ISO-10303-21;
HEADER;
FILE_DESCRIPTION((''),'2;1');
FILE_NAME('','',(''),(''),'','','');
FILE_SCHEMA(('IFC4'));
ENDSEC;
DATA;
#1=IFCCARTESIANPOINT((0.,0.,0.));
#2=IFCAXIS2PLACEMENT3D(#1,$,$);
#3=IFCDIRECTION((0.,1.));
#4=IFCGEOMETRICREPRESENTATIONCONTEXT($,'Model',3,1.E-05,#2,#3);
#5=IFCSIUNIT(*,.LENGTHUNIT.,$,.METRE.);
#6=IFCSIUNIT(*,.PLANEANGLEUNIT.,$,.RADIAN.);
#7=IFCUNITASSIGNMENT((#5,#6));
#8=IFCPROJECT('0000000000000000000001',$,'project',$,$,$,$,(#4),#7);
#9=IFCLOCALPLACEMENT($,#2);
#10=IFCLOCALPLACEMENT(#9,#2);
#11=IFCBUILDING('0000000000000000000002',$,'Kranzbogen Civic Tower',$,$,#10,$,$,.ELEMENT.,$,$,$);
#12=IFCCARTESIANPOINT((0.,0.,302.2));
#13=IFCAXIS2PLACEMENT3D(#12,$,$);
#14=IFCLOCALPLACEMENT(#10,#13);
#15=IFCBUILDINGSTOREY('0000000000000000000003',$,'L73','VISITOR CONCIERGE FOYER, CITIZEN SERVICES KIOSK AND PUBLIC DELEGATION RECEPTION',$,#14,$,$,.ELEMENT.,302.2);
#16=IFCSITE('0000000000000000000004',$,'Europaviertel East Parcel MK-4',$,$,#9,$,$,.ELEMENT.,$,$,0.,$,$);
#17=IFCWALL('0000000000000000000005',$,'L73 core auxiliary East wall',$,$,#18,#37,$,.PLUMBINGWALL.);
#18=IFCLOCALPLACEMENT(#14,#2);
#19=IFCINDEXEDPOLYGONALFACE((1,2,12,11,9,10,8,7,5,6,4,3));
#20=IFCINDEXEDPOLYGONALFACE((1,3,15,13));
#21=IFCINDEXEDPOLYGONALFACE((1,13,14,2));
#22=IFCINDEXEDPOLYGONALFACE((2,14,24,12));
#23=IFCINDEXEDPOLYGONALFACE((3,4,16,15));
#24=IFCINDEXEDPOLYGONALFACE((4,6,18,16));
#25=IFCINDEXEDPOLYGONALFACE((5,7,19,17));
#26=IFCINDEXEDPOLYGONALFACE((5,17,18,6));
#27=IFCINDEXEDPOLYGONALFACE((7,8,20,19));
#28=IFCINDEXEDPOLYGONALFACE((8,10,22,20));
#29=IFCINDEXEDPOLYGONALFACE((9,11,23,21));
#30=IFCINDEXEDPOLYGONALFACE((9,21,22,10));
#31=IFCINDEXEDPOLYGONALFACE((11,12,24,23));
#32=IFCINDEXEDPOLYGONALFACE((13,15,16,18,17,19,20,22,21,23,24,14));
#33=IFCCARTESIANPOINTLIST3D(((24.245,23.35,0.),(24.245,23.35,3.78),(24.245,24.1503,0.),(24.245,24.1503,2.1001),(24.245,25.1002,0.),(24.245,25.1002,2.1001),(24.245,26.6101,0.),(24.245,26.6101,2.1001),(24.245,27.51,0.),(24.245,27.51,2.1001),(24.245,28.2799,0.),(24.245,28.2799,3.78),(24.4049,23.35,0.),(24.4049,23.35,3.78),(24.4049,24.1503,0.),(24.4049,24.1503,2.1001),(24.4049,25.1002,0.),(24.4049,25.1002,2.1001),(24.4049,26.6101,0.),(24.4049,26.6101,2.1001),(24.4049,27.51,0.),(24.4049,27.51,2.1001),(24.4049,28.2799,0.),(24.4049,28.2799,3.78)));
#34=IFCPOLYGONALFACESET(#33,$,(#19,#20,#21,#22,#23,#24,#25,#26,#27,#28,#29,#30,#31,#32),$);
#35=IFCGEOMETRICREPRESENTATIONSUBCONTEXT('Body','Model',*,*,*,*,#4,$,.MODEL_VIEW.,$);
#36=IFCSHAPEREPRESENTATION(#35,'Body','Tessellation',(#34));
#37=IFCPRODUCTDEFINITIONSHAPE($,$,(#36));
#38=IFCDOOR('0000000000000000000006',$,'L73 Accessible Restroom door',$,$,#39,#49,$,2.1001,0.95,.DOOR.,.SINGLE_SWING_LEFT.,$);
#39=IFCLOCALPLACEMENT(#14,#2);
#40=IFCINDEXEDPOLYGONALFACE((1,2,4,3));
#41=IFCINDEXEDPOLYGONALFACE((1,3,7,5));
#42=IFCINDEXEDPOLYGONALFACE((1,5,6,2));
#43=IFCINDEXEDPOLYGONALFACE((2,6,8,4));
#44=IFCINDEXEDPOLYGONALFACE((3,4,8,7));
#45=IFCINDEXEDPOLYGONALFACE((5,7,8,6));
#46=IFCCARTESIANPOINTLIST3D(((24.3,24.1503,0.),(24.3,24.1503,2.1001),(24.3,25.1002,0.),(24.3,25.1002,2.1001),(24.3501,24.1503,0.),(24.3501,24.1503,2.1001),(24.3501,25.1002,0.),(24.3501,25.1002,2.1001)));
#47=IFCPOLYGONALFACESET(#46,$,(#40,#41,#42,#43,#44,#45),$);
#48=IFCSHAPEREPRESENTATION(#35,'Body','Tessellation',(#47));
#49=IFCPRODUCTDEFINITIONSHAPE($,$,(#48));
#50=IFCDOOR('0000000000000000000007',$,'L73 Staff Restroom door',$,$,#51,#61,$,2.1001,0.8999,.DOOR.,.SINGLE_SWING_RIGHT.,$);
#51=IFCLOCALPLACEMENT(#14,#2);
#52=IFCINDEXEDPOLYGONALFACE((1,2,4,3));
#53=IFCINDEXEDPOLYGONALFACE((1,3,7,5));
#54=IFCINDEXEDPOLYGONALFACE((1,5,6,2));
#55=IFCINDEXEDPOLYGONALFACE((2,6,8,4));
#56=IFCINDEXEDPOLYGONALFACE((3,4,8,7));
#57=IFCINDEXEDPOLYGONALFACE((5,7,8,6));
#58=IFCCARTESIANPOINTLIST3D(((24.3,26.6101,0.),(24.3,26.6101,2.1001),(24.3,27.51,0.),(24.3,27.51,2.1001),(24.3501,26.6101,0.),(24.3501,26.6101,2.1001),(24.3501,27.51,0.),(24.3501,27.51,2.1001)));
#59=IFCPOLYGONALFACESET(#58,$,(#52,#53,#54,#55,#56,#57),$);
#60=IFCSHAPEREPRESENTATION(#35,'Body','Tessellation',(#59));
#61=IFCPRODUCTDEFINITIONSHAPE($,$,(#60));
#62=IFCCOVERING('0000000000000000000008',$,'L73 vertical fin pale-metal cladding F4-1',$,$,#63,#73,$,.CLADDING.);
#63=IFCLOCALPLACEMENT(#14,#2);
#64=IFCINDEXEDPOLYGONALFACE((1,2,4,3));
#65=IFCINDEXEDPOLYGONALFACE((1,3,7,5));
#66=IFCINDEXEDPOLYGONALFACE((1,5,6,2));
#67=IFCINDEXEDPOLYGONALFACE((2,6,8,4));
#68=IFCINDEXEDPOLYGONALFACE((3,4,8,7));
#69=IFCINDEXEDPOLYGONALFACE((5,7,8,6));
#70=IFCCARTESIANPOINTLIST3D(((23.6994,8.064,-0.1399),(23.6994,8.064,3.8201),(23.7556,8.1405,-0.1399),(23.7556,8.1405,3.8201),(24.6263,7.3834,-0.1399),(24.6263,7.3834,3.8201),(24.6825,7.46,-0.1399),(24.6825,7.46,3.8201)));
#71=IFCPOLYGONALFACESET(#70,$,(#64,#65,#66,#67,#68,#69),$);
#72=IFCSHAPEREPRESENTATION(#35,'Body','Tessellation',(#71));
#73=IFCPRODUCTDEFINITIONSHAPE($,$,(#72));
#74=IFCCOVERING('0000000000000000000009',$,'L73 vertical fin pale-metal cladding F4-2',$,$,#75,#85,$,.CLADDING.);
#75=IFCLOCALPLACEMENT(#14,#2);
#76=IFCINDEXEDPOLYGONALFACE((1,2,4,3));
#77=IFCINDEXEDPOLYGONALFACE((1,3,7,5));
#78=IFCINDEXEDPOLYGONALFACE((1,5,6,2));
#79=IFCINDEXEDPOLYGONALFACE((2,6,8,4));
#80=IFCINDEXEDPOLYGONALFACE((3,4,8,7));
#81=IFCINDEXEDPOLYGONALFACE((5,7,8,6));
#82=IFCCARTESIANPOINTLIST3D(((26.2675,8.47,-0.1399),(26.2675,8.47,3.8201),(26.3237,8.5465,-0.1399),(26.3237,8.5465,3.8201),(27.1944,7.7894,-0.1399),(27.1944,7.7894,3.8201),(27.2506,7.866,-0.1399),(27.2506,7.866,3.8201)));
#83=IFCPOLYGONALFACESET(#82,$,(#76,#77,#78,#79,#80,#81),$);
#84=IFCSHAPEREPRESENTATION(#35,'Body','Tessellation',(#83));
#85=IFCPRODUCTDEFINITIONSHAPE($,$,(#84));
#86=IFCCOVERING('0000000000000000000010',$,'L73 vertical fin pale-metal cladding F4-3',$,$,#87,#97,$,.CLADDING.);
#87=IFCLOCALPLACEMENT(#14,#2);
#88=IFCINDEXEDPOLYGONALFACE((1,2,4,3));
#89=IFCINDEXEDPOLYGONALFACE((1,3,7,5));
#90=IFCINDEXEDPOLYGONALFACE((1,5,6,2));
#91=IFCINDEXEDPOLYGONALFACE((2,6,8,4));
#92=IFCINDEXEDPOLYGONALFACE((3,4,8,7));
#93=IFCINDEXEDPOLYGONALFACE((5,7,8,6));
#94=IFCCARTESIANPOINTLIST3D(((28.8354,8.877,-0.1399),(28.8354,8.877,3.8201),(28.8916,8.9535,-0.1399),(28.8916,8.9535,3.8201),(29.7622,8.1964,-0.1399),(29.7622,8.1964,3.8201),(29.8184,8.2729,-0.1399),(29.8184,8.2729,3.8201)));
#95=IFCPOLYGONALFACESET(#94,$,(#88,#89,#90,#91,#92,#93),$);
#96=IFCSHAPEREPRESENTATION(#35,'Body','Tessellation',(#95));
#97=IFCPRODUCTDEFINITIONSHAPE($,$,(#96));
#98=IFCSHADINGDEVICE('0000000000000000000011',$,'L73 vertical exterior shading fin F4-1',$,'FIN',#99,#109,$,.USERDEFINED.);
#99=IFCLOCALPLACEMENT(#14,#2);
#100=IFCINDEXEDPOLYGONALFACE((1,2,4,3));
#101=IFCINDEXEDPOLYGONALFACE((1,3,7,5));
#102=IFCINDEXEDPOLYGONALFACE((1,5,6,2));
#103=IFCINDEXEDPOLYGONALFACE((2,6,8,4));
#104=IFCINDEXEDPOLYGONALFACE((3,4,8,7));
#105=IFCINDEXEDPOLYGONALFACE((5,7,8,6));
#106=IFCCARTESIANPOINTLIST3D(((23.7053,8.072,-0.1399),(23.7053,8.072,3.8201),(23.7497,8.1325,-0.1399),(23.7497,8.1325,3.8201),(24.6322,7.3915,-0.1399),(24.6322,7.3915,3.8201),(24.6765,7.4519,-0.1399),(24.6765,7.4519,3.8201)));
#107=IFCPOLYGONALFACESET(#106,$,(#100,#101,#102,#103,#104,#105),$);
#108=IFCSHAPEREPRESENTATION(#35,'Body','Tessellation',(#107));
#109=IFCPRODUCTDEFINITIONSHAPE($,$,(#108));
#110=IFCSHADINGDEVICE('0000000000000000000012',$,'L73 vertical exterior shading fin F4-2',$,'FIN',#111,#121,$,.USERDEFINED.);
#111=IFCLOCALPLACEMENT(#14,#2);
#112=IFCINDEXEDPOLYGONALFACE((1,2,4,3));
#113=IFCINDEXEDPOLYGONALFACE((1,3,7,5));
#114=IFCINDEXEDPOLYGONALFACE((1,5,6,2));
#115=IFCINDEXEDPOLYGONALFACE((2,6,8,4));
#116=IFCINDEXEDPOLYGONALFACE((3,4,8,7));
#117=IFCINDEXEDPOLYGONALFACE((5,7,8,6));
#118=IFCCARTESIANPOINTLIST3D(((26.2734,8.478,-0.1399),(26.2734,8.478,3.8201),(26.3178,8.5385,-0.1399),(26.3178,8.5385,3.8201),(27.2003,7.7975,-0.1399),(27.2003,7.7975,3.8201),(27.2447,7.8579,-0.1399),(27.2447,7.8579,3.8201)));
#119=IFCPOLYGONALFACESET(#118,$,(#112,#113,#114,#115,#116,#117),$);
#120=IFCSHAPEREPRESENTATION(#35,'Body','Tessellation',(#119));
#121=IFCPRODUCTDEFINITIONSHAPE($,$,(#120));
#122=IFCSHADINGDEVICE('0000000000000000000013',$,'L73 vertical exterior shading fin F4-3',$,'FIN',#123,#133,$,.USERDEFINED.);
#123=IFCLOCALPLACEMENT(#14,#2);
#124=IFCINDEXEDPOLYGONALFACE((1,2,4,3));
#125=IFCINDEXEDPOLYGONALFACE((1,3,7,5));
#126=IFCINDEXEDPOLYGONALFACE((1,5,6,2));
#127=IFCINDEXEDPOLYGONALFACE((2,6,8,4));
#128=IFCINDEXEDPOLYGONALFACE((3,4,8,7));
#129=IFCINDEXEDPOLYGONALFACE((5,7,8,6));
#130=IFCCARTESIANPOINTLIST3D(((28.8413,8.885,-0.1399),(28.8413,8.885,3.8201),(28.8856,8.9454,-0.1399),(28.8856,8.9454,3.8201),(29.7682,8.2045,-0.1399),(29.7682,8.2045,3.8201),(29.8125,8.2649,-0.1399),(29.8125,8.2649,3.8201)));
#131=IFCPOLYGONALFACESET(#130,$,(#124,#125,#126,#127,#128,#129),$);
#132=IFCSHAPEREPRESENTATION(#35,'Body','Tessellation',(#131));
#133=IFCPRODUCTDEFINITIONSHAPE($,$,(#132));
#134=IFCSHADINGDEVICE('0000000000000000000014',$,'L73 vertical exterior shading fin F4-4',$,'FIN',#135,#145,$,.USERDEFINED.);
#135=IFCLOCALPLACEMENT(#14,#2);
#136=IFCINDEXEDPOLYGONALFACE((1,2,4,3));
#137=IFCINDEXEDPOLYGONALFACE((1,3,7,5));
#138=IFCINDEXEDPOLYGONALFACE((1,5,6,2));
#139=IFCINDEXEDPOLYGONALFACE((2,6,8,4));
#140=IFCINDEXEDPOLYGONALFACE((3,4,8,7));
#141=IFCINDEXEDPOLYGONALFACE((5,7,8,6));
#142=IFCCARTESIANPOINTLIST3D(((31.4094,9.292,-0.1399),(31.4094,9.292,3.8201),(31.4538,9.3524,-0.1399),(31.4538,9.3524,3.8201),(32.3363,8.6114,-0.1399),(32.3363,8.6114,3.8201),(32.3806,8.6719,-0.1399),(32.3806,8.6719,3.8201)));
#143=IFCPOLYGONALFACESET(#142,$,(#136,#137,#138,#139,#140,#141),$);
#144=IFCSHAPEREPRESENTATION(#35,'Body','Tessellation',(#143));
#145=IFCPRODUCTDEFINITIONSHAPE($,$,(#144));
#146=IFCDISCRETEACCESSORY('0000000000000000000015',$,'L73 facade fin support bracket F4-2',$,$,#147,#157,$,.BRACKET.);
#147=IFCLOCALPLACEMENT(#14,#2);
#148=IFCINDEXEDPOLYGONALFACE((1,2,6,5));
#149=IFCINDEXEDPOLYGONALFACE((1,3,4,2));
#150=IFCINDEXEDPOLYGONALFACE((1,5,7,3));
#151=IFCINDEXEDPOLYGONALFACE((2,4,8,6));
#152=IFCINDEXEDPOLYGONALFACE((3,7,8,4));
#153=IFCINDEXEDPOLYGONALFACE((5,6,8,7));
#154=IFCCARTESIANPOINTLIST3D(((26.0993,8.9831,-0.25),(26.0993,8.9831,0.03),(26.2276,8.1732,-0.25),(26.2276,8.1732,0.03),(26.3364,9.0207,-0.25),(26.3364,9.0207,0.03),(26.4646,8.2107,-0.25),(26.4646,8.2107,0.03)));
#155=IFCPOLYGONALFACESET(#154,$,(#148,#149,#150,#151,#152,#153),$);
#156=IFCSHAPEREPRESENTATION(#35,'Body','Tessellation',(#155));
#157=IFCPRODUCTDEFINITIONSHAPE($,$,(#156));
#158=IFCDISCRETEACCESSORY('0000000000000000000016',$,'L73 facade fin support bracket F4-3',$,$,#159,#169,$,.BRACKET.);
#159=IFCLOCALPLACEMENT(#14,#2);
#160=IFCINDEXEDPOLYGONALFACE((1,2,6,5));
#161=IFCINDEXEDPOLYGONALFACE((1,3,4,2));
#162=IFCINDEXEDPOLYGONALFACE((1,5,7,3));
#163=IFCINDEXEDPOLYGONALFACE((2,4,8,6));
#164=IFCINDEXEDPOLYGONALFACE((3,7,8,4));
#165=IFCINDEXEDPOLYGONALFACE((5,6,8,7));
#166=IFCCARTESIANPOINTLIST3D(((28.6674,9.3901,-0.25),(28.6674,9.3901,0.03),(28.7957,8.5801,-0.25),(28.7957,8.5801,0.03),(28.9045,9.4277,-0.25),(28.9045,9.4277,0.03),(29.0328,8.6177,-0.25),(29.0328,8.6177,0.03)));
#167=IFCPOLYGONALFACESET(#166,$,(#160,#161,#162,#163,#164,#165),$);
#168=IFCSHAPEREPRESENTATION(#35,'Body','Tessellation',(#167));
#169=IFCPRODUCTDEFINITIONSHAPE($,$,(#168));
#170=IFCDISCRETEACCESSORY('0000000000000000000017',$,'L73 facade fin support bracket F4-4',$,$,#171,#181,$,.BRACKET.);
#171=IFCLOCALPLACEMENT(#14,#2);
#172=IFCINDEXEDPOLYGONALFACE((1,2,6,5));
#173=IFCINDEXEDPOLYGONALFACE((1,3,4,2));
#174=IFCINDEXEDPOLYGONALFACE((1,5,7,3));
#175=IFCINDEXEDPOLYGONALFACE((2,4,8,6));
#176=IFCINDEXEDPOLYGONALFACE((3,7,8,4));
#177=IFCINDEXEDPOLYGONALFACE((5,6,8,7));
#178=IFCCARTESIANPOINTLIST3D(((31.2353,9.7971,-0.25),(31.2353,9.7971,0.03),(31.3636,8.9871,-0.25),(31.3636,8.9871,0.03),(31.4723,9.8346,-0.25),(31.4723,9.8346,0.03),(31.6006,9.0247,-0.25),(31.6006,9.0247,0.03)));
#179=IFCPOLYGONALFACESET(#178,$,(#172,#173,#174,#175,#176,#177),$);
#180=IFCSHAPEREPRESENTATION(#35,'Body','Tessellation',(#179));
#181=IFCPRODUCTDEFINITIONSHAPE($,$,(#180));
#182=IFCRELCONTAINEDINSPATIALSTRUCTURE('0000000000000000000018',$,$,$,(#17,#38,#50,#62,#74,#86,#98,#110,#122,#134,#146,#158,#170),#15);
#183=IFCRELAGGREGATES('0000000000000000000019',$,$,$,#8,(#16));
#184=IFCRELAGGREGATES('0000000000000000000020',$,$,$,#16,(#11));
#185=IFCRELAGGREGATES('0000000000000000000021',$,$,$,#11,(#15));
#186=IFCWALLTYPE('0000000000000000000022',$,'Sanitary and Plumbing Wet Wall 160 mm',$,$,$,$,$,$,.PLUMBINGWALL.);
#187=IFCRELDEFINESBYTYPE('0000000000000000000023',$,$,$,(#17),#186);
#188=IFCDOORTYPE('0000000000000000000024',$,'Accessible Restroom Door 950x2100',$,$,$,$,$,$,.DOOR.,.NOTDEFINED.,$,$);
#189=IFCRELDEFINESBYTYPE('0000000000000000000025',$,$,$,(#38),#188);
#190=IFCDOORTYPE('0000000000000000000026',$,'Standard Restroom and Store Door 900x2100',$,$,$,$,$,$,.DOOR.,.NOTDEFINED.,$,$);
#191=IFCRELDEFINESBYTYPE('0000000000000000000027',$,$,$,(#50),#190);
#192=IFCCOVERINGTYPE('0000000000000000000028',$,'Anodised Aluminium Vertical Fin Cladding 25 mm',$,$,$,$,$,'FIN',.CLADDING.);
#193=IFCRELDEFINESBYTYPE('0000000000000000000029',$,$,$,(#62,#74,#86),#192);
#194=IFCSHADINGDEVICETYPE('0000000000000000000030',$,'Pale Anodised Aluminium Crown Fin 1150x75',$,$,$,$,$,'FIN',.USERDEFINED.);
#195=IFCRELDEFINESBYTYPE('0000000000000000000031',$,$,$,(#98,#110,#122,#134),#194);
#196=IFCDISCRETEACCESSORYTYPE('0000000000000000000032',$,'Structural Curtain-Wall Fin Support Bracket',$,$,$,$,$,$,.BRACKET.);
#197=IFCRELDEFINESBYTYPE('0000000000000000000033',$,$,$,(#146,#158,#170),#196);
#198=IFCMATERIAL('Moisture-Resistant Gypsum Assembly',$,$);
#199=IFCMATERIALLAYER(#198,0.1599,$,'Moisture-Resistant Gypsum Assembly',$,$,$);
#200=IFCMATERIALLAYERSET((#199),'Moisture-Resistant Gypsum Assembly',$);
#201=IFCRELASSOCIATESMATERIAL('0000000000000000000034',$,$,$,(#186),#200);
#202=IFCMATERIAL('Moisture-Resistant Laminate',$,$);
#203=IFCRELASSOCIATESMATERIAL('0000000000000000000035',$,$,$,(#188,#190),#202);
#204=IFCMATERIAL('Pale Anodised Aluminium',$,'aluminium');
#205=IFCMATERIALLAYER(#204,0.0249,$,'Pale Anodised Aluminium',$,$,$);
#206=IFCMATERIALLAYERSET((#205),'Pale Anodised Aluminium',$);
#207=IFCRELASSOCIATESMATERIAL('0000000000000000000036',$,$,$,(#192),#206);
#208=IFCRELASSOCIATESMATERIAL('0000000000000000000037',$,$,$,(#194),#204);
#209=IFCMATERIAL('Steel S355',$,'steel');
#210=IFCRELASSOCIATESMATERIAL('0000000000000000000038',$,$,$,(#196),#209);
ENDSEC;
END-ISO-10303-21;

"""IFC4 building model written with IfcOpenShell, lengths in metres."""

from ifc_helpers import new_model, si_unit, direction, frame, frame_2d, origin, origin_2d, place, context, subcontext, project, spatial, rectangle, extrude, material, layer, layer_set, type_object, element, fill, save


model = new_model("IFC4")

# Units and contexts
model_context = context("Model", 3, precision=1e-05, world=origin(), true_north=direction((0.0, 1.0)))
body_context = subcontext(model_context, "Body", "Model", "MODEL_VIEW")
ifc_project = project(units=[si_unit("LENGTHUNIT", "METRE"), si_unit("PLANEANGLEUNIT", "RADIAN")], contexts=[model_context])

# Site, building, storey
site_placement = place(None, origin())
site = spatial("IfcSite", under=ifc_project, at=site_placement, Name="Europaviertel East Parcel MK-4", CompositionType="ELEMENT", RefElevation=0.0)
building_placement = place(site_placement, origin())
building = spatial("IfcBuilding", under=site, at=building_placement, Name="Kranzbogen Civic Tower", CompositionType="ELEMENT")
storey_placement = place(building_placement, frame((0.0, 0.0, 302.2)))
storey = spatial("IfcBuildingStorey", under=building, at=storey_placement, Name="L73", Description="VISITOR CONCIERGE FOYER, CITIZEN SERVICES KIOSK AND PUBLIC DELEGATION RECEPTION", CompositionType="ELEMENT", Elevation=302.2)

# Shared definitions
ifc_material_1 = material(Name="Steel S355", Category="steel")

# Shared definitions
ifc_material_2 = material(Name="Pale Anodised Aluminium", Category="aluminium")

# Wall, openings, doors
ifc_material_3 = material(Name="Moisture-Resistant Gypsum Assembly")
ifc_layer_1 = layer(ifc_material_3, 0.1599, Name="Moisture-Resistant Gypsum Assembly")
ifc_layer_set_1 = layer_set([ifc_layer_1], Name="Moisture-Resistant Gypsum Assembly")
wall_type_1 = type_object("IfcWallType", Name="Sanitary and Plumbing Wet Wall 160 mm", PredefinedType="PLUMBINGWALL", material=ifc_layer_set_1)
wall_1_placement = place(storey_placement, frame((24.325, 23.3501, 0.0), z_axis=(0.0, 0.0, 1.0), x_axis=(0.0, 1.0, 0.0)))
wall_1 = element("IfcWall", 1, at=wall_1_placement, inside=storey, type_object=wall_type_1, Name="L73 core auxiliary East wall", PredefinedType="PLUMBINGWALL", context=body_context, shape_type="SweptSolid", body=[
    extrude(rectangle(XDim=4.9299, YDim=0.1599, at=frame_2d((2.4648, 0.0))), origin(), (0.0, 0.0, 1.0), 3.78),
])
opening_1_placement = place(wall_1_placement, frame((0.8, 0.0, 0.0)))
opening_1 = element("IfcOpeningElement", 2, at=opening_1_placement, cuts=wall_1, PredefinedType="OPENING", context=body_context, shape_type="SweptSolid", body=[
    extrude(rectangle(XDim=0.95, YDim=2.1001, at=frame_2d((0.4751, 1.05))), frame((0.0, 0.0898, 0.0), z_axis=(0.0, -1.0, 0.0), x_axis=(1.0, 0.0, 0.0)), (0.0, 0.0, 1.0), 0.1799),
])
opening_2_placement = place(wall_1_placement, frame((3.26, 0.0, 0.0)))
opening_2 = element("IfcOpeningElement", 3, at=opening_2_placement, cuts=wall_1, PredefinedType="OPENING", context=body_context, shape_type="SweptSolid", body=[
    extrude(rectangle(XDim=0.8999, YDim=2.1001, at=frame_2d((0.45, 1.05))), frame((0.0, 0.0898, 0.0), z_axis=(0.0, -1.0, 0.0), x_axis=(1.0, 0.0, 0.0)), (0.0, 0.0, 1.0), 0.1799),
])
ifc_material_4 = material(Name="Moisture-Resistant Laminate")
door_type_1 = type_object("IfcDoorType", Name="Accessible Restroom Door 950x2100", OperationType="NOTDEFINED", PredefinedType="DOOR", material=ifc_material_4)
door_1_placement = place(opening_1_placement, origin())
door_1 = element("IfcDoor", 4, at=door_1_placement, inside=storey, type_object=door_type_1, Name="L73 Accessible Restroom door", OperationType="SINGLE_SWING_LEFT", OverallHeight=2.1001, OverallWidth=0.95, PredefinedType="DOOR", context=body_context, shape_type="SweptSolid", body=[
    extrude(rectangle(XDim=0.95, YDim=2.1001, at=frame_2d((0.4751, 1.05))), frame((0.0, 0.0249, 0.0), z_axis=(0.0, -1.0, 0.0), x_axis=(1.0, 0.0, 0.0)), (0.0, 0.0, 1.0), 0.05),
])
fill(opening_1, door_1)
door_type_2 = type_object("IfcDoorType", Name="Standard Restroom and Store Door 900x2100", OperationType="NOTDEFINED", PredefinedType="DOOR", material=ifc_material_4)
door_2_placement = place(opening_2_placement, origin())
door_2 = element("IfcDoor", 5, at=door_2_placement, inside=storey, type_object=door_type_2, Name="L73 Staff Restroom door", OperationType="SINGLE_SWING_RIGHT", OverallHeight=2.1001, OverallWidth=0.8999, PredefinedType="DOOR", context=body_context, shape_type="SweptSolid", body=[
    extrude(rectangle(XDim=0.8999, YDim=2.1001, at=frame_2d((0.45, 1.05))), frame((0.0, 0.0249, 0.0), z_axis=(0.0, -1.0, 0.0), x_axis=(1.0, 0.0, 0.0)), (0.0, 0.0, 1.0), 0.05),
])
fill(opening_2, door_2)

# Coverings
ifc_layer_2 = layer(ifc_material_2, 0.0249, Name="Pale Anodised Aluminium")
ifc_layer_set_2 = layer_set([ifc_layer_2], Name="Pale Anodised Aluminium")
covering_type = type_object("IfcCoveringType", Name="Anodised Aluminium Vertical Fin Cladding 25 mm", ElementType="FIN", PredefinedType="CLADDING", material=ifc_layer_set_2)
for number, where, z_axis, x_axis, name in (
    (6, (24.1909, 7.762, -0.1399), (0.0, 0.0, 1.0), (0.806052, -0.591844, 0.0), "L73 vertical fin pale-metal cladding F4-1"),
    (7, (26.759, 8.168, -0.1399), (0.0, 0.0, 1.0), (0.806052, -0.591844, 0.0), "L73 vertical fin pale-metal cladding F4-2"),
    (8, (29.3269, 8.575, -0.1399), (0.0, 0.0, 1.0), (0.806052, -0.591844, 0.0), "L73 vertical fin pale-metal cladding F4-3"),
):
    element("IfcCovering", number, at=place(storey_placement, frame(where, z_axis=z_axis, x_axis=x_axis)), inside=storey, type_object=covering_type, Name=name, PredefinedType="CLADDING", context=body_context, shape_type="SweptSolid", body=[
        extrude(rectangle(XDim=1.1499, YDim=0.095, at=origin_2d()), origin(), (0.0, 0.0, 1.0), 3.96),
    ])

# Shading devices
shading_device_type = type_object("IfcShadingDeviceType", Name="Pale Anodised Aluminium Crown Fin 1150x75", ElementType="FIN", PredefinedType="USERDEFINED", material=ifc_material_2)
for number, where, z_axis, x_axis, name in (
    (9, (24.1909, 7.762, -0.1399), (0.0, 0.0, 1.0), (0.806052, -0.591844, 0.0), "L73 vertical exterior shading fin F4-1"),
    (10, (26.759, 8.168, -0.1399), (0.0, 0.0, 1.0), (0.806052, -0.591844, 0.0), "L73 vertical exterior shading fin F4-2"),
    (11, (29.3269, 8.575, -0.1399), (0.0, 0.0, 1.0), (0.806052, -0.591844, 0.0), "L73 vertical exterior shading fin F4-3"),
    (12, (31.895, 8.9819, -0.1399), (0.0, 0.0, 1.0), (0.806052, -0.591844, 0.0), "L73 vertical exterior shading fin F4-4"),
):
    element("IfcShadingDevice", number, at=place(storey_placement, frame(where, z_axis=z_axis, x_axis=x_axis)), inside=storey, type_object=shading_device_type, Name=name, ObjectType="FIN", PredefinedType="USERDEFINED", context=body_context, shape_type="SweptSolid", body=[
        extrude(rectangle(XDim=1.1499, YDim=0.075, at=origin_2d()), origin(), (0.0, 0.0, 1.0), 3.96),
    ])

# Discrete accessories
discrete_accessory_type = type_object("IfcDiscreteAccessoryType", Name="Structural Curtain-Wall Fin Support Bracket", PredefinedType="BRACKET", material=ifc_material_1)
for number, where, z_axis, x_axis, name in (
    (13, (26.282, 8.5969, -0.25), (0.0, 0.0, 1.0), (0.156434, -0.987688, 0.0), "L73 facade fin support bracket F4-2"),
    (14, (28.8501, 9.0039, -0.25), (0.0, 0.0, 1.0), (0.156434, -0.987688, 0.0), "L73 facade fin support bracket F4-3"),
    (15, (31.418, 9.4109, -0.25), (0.0, 0.0, 1.0), (0.156434, -0.987688, 0.0), "L73 facade fin support bracket F4-4"),
):
    element("IfcDiscreteAccessory", number, at=place(storey_placement, frame(where, z_axis=z_axis, x_axis=x_axis)), inside=storey, type_object=discrete_accessory_type, Name=name, PredefinedType="BRACKET", context=body_context, shape_type="SweptSolid", body=[
        extrude(rectangle(XDim=0.8201, YDim=0.24, at=origin_2d()), origin(), (0.0, 0.0, 1.0), 0.28),
    ])

save(model, "model.ifc")
